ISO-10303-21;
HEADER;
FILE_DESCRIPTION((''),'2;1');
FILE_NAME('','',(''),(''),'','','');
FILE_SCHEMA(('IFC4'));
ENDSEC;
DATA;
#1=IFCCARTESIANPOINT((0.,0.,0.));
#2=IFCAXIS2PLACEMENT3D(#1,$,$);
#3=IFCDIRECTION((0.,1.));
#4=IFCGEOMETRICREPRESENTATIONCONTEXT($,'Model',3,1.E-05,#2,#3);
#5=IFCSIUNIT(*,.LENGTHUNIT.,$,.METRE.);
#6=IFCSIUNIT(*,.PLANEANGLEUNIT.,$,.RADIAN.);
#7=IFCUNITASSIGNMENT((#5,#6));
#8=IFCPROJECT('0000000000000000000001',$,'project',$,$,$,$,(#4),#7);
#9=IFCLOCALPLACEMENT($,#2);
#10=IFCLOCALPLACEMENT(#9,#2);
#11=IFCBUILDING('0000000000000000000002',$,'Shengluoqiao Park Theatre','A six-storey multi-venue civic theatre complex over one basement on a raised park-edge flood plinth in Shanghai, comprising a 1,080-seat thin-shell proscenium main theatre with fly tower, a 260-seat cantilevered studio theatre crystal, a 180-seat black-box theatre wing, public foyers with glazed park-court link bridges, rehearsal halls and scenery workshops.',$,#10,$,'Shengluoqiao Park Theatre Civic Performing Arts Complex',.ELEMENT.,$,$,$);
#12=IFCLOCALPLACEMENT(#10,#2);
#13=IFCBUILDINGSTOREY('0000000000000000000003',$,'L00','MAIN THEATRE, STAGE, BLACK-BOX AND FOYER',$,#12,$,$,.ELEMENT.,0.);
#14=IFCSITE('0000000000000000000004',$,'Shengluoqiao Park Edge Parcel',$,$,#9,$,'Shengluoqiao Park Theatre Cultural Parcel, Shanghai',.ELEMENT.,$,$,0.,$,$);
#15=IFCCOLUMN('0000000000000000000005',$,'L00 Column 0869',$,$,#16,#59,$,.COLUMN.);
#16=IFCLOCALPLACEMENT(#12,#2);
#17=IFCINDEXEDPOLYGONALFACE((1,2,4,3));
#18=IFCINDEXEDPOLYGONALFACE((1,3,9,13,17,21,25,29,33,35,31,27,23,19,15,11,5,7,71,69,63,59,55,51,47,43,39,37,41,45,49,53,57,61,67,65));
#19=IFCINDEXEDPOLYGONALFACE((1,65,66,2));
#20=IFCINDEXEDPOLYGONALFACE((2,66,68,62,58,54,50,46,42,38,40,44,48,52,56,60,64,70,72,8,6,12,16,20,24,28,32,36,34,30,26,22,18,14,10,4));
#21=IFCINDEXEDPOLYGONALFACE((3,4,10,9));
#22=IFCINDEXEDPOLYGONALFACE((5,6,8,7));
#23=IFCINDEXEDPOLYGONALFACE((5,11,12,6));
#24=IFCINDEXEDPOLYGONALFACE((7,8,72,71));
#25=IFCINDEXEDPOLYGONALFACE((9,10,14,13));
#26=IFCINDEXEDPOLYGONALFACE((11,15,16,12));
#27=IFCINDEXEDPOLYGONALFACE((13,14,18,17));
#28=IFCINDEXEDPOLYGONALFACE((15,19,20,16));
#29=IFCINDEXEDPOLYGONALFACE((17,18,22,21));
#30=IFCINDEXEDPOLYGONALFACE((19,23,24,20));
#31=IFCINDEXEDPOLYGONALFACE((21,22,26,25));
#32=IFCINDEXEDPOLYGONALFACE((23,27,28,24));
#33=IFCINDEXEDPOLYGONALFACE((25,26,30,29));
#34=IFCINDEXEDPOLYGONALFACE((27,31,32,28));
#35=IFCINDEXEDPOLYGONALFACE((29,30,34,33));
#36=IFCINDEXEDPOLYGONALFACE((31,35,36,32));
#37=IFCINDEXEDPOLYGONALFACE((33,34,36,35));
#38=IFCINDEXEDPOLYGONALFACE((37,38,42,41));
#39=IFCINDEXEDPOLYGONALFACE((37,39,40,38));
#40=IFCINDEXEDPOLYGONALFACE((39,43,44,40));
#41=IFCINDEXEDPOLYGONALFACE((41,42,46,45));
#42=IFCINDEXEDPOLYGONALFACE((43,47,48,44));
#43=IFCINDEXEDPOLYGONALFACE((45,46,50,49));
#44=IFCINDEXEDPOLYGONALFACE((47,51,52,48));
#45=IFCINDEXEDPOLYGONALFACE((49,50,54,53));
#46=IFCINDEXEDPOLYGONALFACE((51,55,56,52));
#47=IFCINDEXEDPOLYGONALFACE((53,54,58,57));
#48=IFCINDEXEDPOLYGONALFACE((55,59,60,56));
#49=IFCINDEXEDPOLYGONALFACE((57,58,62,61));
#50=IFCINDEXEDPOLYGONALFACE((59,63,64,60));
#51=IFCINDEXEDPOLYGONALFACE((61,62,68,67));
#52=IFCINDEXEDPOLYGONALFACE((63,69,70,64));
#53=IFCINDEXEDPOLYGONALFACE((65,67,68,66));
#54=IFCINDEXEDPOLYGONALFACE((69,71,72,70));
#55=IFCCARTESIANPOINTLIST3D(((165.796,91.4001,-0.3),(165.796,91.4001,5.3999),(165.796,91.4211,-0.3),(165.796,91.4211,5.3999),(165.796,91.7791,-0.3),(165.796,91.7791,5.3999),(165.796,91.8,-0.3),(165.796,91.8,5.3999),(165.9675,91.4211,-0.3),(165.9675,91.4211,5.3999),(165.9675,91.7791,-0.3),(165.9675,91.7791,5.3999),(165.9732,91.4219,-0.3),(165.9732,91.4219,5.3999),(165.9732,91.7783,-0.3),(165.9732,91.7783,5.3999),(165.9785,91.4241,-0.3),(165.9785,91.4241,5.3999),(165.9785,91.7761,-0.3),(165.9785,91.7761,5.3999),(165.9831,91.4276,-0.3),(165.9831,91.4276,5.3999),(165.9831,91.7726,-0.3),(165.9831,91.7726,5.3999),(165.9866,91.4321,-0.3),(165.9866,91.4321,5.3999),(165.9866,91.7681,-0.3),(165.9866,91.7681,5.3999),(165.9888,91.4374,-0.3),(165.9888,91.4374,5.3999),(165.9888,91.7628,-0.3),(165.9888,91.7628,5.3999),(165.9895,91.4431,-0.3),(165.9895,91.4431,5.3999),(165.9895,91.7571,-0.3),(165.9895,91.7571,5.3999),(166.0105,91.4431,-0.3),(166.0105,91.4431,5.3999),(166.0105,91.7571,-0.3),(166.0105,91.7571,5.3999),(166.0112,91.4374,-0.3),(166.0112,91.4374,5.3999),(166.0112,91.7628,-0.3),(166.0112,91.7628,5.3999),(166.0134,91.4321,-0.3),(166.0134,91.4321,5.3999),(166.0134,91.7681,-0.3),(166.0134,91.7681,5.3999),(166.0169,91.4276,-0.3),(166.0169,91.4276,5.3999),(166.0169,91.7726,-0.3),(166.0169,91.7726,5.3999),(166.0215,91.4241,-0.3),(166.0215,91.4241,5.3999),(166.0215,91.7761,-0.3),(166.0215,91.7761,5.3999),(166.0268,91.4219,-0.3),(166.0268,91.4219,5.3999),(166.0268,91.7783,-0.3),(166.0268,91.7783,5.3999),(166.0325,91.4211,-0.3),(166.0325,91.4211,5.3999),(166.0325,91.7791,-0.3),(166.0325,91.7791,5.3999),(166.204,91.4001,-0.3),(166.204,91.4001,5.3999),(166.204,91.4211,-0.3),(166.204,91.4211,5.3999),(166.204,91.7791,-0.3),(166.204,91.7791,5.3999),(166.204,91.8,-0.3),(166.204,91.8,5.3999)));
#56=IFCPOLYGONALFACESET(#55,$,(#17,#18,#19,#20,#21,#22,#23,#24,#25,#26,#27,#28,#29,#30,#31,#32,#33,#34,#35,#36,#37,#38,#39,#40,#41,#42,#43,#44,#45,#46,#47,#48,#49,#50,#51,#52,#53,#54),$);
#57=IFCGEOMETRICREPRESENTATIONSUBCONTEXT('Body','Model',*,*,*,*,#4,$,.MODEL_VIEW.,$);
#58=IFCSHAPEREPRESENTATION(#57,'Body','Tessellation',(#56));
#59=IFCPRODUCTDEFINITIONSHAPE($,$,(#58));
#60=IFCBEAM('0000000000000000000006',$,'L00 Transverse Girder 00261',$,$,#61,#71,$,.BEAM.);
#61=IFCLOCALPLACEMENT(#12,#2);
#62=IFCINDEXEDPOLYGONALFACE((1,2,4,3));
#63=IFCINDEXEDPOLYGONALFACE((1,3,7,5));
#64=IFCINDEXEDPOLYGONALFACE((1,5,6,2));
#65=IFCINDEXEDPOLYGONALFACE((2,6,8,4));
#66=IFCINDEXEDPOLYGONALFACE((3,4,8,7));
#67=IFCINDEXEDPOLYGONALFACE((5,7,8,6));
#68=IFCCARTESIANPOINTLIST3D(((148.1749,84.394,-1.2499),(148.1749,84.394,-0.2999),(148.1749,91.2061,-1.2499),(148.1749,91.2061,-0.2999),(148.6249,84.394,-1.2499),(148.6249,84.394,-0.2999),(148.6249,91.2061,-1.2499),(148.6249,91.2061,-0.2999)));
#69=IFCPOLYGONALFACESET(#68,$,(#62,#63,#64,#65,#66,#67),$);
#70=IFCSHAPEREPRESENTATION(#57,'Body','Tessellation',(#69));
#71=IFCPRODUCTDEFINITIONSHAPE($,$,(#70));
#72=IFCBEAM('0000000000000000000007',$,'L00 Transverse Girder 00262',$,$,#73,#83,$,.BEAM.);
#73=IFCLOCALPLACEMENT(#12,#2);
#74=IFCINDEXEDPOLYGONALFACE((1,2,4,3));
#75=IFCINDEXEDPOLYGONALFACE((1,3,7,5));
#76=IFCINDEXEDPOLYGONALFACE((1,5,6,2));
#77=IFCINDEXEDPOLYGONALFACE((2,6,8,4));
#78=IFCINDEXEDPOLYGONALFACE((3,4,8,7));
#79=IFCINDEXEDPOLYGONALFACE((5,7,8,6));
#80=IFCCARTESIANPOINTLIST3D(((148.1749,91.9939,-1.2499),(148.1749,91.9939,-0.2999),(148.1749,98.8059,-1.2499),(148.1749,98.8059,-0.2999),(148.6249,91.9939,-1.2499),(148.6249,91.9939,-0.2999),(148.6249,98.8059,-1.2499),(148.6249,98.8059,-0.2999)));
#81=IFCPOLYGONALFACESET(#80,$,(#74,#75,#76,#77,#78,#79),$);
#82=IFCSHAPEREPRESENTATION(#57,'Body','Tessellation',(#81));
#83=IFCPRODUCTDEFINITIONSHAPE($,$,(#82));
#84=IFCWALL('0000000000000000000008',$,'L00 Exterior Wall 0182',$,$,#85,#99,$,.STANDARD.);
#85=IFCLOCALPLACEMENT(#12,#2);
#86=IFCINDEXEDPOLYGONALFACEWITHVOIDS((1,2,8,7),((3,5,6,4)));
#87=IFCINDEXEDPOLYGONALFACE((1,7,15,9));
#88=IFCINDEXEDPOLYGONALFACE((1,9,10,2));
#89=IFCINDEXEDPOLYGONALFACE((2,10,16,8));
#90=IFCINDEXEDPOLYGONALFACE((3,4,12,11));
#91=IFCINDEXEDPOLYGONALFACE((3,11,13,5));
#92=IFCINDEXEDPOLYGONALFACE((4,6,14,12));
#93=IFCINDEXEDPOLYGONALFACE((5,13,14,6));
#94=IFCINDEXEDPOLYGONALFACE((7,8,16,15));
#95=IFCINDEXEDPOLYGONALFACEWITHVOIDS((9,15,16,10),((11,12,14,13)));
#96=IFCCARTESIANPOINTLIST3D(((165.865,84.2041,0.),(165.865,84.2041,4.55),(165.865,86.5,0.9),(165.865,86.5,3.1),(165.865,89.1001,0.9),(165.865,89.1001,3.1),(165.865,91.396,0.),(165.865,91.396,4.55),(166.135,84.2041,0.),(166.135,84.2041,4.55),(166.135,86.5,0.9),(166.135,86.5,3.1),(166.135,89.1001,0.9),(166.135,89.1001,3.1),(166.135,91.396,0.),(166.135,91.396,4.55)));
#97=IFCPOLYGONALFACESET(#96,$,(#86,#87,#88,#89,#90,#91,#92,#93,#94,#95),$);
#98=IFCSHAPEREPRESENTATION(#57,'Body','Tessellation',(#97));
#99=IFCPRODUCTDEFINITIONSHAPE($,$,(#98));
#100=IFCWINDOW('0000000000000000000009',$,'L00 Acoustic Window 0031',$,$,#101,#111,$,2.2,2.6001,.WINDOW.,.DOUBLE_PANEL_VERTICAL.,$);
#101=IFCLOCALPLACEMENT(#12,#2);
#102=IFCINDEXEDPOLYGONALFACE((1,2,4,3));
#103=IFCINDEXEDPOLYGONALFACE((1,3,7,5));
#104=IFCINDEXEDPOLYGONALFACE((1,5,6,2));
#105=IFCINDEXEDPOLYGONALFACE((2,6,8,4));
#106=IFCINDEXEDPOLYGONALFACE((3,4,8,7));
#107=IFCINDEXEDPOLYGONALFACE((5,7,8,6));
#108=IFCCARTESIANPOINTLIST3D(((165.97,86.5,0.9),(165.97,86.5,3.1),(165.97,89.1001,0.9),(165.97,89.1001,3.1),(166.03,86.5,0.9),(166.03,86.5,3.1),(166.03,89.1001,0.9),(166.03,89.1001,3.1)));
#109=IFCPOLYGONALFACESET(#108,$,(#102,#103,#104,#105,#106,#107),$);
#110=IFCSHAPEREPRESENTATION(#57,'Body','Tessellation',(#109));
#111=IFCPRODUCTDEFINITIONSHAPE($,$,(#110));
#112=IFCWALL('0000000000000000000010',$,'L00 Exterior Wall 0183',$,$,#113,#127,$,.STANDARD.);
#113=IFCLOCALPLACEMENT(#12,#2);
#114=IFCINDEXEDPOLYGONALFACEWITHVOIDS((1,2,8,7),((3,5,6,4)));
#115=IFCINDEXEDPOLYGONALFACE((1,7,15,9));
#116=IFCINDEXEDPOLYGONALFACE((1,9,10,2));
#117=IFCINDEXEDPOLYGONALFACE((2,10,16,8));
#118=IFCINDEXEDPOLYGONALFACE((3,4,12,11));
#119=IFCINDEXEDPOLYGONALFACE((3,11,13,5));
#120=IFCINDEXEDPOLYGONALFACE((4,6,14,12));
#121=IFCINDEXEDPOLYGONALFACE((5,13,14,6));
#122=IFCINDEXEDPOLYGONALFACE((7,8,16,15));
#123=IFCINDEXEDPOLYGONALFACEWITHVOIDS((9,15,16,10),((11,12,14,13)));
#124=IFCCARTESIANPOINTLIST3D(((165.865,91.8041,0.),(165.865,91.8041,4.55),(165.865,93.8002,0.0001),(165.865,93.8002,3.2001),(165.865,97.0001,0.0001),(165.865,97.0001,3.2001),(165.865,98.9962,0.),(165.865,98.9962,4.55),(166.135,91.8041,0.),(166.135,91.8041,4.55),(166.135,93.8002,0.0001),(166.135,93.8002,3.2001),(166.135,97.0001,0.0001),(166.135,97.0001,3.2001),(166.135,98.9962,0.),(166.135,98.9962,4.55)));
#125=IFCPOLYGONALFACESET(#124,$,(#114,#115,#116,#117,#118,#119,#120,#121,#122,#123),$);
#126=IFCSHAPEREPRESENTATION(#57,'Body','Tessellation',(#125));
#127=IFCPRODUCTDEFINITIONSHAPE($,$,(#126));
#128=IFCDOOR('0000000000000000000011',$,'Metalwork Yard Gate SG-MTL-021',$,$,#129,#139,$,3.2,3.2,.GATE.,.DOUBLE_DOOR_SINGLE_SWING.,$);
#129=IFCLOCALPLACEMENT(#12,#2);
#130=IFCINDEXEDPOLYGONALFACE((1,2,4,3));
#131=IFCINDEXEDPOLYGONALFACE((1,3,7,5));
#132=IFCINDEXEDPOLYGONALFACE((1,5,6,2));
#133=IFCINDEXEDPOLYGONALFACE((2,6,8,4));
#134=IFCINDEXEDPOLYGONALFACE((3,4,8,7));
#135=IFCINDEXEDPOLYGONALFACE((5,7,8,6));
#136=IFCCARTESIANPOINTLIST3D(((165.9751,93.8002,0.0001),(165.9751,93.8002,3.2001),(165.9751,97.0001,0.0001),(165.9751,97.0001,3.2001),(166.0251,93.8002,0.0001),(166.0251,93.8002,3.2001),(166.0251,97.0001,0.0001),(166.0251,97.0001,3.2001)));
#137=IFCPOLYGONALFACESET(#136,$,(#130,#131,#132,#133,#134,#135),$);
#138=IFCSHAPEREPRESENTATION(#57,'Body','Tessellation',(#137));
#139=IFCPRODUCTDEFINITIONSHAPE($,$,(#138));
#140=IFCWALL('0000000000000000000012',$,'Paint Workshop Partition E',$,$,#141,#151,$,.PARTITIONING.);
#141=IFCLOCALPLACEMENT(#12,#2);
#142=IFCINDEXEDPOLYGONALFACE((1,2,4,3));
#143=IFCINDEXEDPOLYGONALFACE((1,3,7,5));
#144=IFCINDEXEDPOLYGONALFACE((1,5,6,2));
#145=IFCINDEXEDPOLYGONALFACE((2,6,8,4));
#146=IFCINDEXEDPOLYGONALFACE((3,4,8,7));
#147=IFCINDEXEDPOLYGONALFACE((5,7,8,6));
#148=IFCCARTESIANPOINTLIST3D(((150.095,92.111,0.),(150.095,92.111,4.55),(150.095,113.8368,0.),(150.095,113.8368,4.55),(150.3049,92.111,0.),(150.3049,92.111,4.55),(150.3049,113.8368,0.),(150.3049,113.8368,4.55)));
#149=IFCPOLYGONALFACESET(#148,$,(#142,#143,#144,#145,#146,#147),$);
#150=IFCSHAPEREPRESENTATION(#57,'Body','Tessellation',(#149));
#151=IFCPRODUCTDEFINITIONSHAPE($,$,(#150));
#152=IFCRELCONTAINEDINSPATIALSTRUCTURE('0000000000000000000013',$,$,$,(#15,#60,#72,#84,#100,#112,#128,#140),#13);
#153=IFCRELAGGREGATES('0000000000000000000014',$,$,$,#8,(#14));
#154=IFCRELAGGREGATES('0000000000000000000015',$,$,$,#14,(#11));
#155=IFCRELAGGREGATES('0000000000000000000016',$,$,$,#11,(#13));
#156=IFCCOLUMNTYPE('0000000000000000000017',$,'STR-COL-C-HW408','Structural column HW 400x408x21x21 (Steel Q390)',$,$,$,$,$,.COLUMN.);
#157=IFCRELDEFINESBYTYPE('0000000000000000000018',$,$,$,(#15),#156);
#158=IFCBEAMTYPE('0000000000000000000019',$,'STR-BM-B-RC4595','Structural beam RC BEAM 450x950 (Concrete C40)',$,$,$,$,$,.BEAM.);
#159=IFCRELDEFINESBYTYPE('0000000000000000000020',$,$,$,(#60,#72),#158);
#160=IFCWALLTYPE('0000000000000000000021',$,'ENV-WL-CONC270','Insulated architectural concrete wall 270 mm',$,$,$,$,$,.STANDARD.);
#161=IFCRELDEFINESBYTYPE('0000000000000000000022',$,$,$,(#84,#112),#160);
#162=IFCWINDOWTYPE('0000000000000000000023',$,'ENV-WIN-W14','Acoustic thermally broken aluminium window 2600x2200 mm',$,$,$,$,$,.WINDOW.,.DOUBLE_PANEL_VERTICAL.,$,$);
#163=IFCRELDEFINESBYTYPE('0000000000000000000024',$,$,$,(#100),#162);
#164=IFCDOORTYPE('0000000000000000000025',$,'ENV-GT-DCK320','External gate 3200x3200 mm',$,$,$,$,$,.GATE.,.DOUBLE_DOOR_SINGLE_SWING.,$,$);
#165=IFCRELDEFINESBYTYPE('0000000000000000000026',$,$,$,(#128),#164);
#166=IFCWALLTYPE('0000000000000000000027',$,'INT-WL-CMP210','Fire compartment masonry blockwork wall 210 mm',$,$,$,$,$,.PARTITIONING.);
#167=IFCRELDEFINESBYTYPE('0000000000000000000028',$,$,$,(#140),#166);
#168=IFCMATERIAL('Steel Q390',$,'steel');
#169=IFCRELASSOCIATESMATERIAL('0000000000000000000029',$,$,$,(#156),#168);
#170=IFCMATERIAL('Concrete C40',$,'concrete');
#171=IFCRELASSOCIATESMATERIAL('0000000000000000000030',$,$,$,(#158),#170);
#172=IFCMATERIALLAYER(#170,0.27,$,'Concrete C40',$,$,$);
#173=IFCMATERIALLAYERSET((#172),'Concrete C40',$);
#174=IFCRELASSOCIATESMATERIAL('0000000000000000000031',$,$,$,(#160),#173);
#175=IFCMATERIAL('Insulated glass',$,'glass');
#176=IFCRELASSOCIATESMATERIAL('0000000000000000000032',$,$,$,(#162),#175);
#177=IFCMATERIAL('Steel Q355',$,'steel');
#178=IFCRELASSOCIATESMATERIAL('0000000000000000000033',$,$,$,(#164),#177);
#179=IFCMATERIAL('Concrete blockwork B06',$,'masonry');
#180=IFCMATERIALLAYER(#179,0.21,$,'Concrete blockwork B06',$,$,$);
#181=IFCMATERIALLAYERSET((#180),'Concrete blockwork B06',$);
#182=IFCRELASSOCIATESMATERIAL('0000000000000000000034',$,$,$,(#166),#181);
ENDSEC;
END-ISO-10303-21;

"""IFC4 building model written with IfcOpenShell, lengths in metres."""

from ifc_helpers import new_model, si_unit, direction, frame, frame_2d, origin, origin_2d, place, context, subcontext, project, spatial, rectangle, i_section, extrude, material, layer, layer_set, material_profile, profile_set, type_object, element, fill, save


model = new_model("IFC4")

# Units and contexts
model_context = context("Model", 3, precision=1e-05, world=origin(), true_north=direction((0.0, 1.0)))
body_context = subcontext(model_context, "Body", "Model", "MODEL_VIEW")
ifc_project = project(units=[si_unit("LENGTHUNIT", "METRE"), si_unit("PLANEANGLEUNIT", "RADIAN")], contexts=[model_context])

# Site, building, storey
site_placement = place(None, origin())
site = spatial("IfcSite", under=ifc_project, at=site_placement, Name="Shengluoqiao Park Edge Parcel", LongName="Shengluoqiao Park Theatre Cultural Parcel, Shanghai", CompositionType="ELEMENT", RefElevation=0.0)
building_placement = place(site_placement, origin())
building = spatial("IfcBuilding", under=site, at=building_placement, Name="Shengluoqiao Park Theatre", Description="A six-storey multi-venue civic theatre complex over one basement on a raised park-edge flood plinth in Shanghai, comprising a 1,080-seat thin-shell proscenium main theatre with fly tower, a 260-seat cantilevered studio theatre crystal, a 180-seat black-box theatre wing, public foyers with glazed park-court link bridges, rehearsal halls and scenery workshops.", LongName="Shengluoqiao Park Theatre Civic Performing Arts Complex", CompositionType="ELEMENT")
storey_placement = place(building_placement, origin())
storey = spatial("IfcBuildingStorey", under=building, at=storey_placement, Name="L00", Description="MAIN THEATRE, STAGE, BLACK-BOX AND FOYER", CompositionType="ELEMENT", Elevation=0.0)

# Shared definitions
ifc_material_1 = material(Name="Concrete C40", Category="concrete")

# Column
ifc_material_2 = material(Name="Steel Q390", Category="steel")
ifc_material_profile_1 = material_profile(ifc_material_2, i_section(OverallWidth=0.408, OverallDepth=0.3999, WebThickness=0.021, FlangeThickness=0.021, FilletRadius=0.022, at=origin_2d()), Name="HW 400x408x21x21")
ifc_profile_set_1 = profile_set([ifc_material_profile_1], Name="Steel Q390")
column_type = type_object("IfcColumnType", Name="STR-COL-C-HW408", Description="Structural column HW 400x408x21x21 (Steel Q390)", PredefinedType="COLUMN", material=ifc_profile_set_1)
for number, where, z_axis, x_axis, name in (
    (1, (166.0, 91.6001, -0.3), (0.0, 0.0, 1.0), (1.0, 0.0, 0.0), "L00 Column 0869"),
):
    element("IfcColumn", number, at=place(storey_placement, frame(where, z_axis=z_axis, x_axis=x_axis)), inside=storey, type_object=column_type, Name=name, PredefinedType="COLUMN", context=body_context, shape_type="SweptSolid", body=[
        extrude(i_section(OverallWidth=0.408, OverallDepth=0.3999, WebThickness=0.021, FlangeThickness=0.021, FilletRadius=0.022, at=origin_2d()), origin(), (0.0, 0.0, 1.0), 5.7),
    ])

# Beams
ifc_material_profile_2 = material_profile(ifc_material_1, rectangle(XDim=0.45, YDim=0.95, at=origin_2d()), Name="RC BEAM 450x950")
ifc_profile_set_2 = profile_set([ifc_material_profile_2], Name="Concrete C40")
beam_type = type_object("IfcBeamType", Name="STR-BM-B-RC4595", Description="Structural beam RC BEAM 450x950 (Concrete C40)", PredefinedType="BEAM", material=ifc_profile_set_2)
for number, where, z_axis, x_axis, name in (
    (2, (148.3999, 84.394, -0.7749), (0.0, 1.0, 0.0), (-1.0, 0.0, 0.0), "L00 Transverse Girder 00261"),
    (3, (148.3999, 91.9939, -0.7749), (0.0, 1.0, 0.0), (-1.0, 0.0, 0.0), "L00 Transverse Girder 00262"),
):
    element("IfcBeam", number, at=place(storey_placement, frame(where, z_axis=z_axis, x_axis=x_axis)), inside=storey, type_object=beam_type, Name=name, PredefinedType="BEAM", context=body_context, shape_type="SweptSolid", body=[
        extrude(rectangle(XDim=0.45, YDim=0.95, at=origin_2d()), origin(), (0.0, 0.0, 1.0), 6.812),
    ])

# Wall, opening, window
ifc_layer_1 = layer(ifc_material_1, 0.27, Name="Concrete C40")
ifc_layer_set_1 = layer_set([ifc_layer_1], Name="Concrete C40")
wall_type_1 = type_object("IfcWallType", Name="ENV-WL-CONC270", Description="Insulated architectural concrete wall 270 mm", PredefinedType="STANDARD", material=ifc_layer_set_1)
wall_1_placement = place(storey_placement, frame((166.0, 84.2041, 0.0), z_axis=(0.0, 0.0, 1.0), x_axis=(0.0, 1.0, 0.0)))
wall_1 = element("IfcWall", 4, at=wall_1_placement, inside=storey, type_object=wall_type_1, Name="L00 Exterior Wall 0182", PredefinedType="STANDARD", context=body_context, shape_type="SweptSolid", body=[
    extrude(rectangle(XDim=7.1919, YDim=0.27, at=frame_2d((3.5959, 0.0))), origin(), (0.0, 0.0, 1.0), 4.55),
])
opening_1_placement = place(wall_1_placement, frame((2.2959, 0.0, 0.8999)))
opening_1 = element("IfcOpeningElement", 5, at=opening_1_placement, cuts=wall_1, PredefinedType="OPENING", context=body_context, shape_type="SweptSolid", body=[
    extrude(rectangle(XDim=2.6001, YDim=2.2, at=frame_2d((1.3, 1.1001))), frame((0.0, 0.145, 0.0), z_axis=(0.0, -1.0, 0.0), x_axis=(1.0, 0.0, 0.0)), (0.0, 0.0, 1.0), 0.29),
])
ifc_material_3 = material(Name="Insulated glass", Category="glass")
window_type = type_object("IfcWindowType", Name="ENV-WIN-W14", Description="Acoustic thermally broken aluminium window 2600x2200 mm", PartitioningType="DOUBLE_PANEL_VERTICAL", PredefinedType="WINDOW", material=ifc_material_3)
window_placement = place(opening_1_placement, origin())
window = element("IfcWindow", 6, at=window_placement, inside=storey, type_object=window_type, Name="L00 Acoustic Window 0031", OverallHeight=2.2, OverallWidth=2.6001, PartitioningType="DOUBLE_PANEL_VERTICAL", PredefinedType="WINDOW", context=body_context, shape_type="SweptSolid", body=[
    extrude(rectangle(XDim=2.6001, YDim=2.2, at=frame_2d((1.3, 1.1001))), frame((0.0, 0.03, 0.0), z_axis=(0.0, -1.0, 0.0), x_axis=(1.0, 0.0, 0.0)), (0.0, 0.0, 1.0), 0.0601),
])
fill(opening_1, window)

# Wall, opening, door
wall_2_placement = place(storey_placement, frame((166.0, 91.804, 0.0), z_axis=(0.0, 0.0, 1.0), x_axis=(0.0, 1.0, 0.0)))
wall_2 = element("IfcWall", 7, at=wall_2_placement, inside=storey, type_object=wall_type_1, Name="L00 Exterior Wall 0183", PredefinedType="STANDARD", context=body_context, shape_type="SweptSolid", body=[
    extrude(rectangle(XDim=7.1921, YDim=0.27, at=frame_2d((3.5962, 0.0))), origin(), (0.0, 0.0, 1.0), 4.55),
])
opening_2_placement = place(wall_2_placement, frame((1.9961, 0.0, 0.0)))
opening_2 = element("IfcOpeningElement", 8, at=opening_2_placement, cuts=wall_2, PredefinedType="OPENING", context=body_context, shape_type="SweptSolid", body=[
    extrude(rectangle(XDim=3.2, YDim=3.2, at=frame_2d((1.6001, 1.6001))), frame((0.0, 0.145, 0.0), z_axis=(0.0, -1.0, 0.0), x_axis=(1.0, 0.0, 0.0)), (0.0, 0.0, 1.0), 0.29),
])
ifc_material_4 = material(Name="Steel Q355", Category="steel")
door_type_1 = type_object("IfcDoorType", Name="ENV-GT-DCK320", Description="External gate 3200x3200 mm", OperationType="DOUBLE_DOOR_SINGLE_SWING", PredefinedType="GATE", material=ifc_material_4)
door_1_placement = place(opening_2_placement, origin())
door_1 = element("IfcDoor", 9, at=door_1_placement, inside=storey, type_object=door_type_1, Name="Metalwork Yard Gate SG-MTL-021", OperationType="DOUBLE_DOOR_SINGLE_SWING", OverallHeight=3.2, OverallWidth=3.2, PredefinedType="GATE", context=body_context, shape_type="SweptSolid", body=[
    extrude(rectangle(XDim=3.2, YDim=3.2, at=frame_2d((1.6001, 1.6001))), frame((0.0, 0.0249, 0.0), z_axis=(0.0, -1.0, 0.0), x_axis=(1.0, 0.0, 0.0)), (0.0, 0.0, 1.0), 0.05),
])
fill(opening_2, door_1)

# Wall
ifc_material_5 = material(Name="Concrete blockwork B06", Category="masonry")
ifc_layer_2 = layer(ifc_material_5, 0.21, Name="Concrete blockwork B06")
ifc_layer_set_2 = layer_set([ifc_layer_2], Name="Concrete blockwork B06")
wall_type_2 = type_object("IfcWallType", Name="INT-WL-CMP210", Description="Fire compartment masonry blockwork wall 210 mm", PredefinedType="PARTITIONING", material=ifc_layer_set_2)
wall_3_placement = place(storey_placement, frame((150.2, 92.1111, 0.0), z_axis=(0.0, 0.0, 1.0), x_axis=(0.0, 1.0, 0.0)))
element("IfcWall", 10, at=wall_3_placement, inside=storey, type_object=wall_type_2, Name="Paint Workshop Partition E", PredefinedType="PARTITIONING", context=body_context, shape_type="SweptSolid", body=[
    extrude(rectangle(XDim=21.7258, YDim=0.21, at=frame_2d((10.8628, 0.0))), origin(), (0.0, 0.0, 1.0), 4.55),
])

save(model, "model.ifc")
